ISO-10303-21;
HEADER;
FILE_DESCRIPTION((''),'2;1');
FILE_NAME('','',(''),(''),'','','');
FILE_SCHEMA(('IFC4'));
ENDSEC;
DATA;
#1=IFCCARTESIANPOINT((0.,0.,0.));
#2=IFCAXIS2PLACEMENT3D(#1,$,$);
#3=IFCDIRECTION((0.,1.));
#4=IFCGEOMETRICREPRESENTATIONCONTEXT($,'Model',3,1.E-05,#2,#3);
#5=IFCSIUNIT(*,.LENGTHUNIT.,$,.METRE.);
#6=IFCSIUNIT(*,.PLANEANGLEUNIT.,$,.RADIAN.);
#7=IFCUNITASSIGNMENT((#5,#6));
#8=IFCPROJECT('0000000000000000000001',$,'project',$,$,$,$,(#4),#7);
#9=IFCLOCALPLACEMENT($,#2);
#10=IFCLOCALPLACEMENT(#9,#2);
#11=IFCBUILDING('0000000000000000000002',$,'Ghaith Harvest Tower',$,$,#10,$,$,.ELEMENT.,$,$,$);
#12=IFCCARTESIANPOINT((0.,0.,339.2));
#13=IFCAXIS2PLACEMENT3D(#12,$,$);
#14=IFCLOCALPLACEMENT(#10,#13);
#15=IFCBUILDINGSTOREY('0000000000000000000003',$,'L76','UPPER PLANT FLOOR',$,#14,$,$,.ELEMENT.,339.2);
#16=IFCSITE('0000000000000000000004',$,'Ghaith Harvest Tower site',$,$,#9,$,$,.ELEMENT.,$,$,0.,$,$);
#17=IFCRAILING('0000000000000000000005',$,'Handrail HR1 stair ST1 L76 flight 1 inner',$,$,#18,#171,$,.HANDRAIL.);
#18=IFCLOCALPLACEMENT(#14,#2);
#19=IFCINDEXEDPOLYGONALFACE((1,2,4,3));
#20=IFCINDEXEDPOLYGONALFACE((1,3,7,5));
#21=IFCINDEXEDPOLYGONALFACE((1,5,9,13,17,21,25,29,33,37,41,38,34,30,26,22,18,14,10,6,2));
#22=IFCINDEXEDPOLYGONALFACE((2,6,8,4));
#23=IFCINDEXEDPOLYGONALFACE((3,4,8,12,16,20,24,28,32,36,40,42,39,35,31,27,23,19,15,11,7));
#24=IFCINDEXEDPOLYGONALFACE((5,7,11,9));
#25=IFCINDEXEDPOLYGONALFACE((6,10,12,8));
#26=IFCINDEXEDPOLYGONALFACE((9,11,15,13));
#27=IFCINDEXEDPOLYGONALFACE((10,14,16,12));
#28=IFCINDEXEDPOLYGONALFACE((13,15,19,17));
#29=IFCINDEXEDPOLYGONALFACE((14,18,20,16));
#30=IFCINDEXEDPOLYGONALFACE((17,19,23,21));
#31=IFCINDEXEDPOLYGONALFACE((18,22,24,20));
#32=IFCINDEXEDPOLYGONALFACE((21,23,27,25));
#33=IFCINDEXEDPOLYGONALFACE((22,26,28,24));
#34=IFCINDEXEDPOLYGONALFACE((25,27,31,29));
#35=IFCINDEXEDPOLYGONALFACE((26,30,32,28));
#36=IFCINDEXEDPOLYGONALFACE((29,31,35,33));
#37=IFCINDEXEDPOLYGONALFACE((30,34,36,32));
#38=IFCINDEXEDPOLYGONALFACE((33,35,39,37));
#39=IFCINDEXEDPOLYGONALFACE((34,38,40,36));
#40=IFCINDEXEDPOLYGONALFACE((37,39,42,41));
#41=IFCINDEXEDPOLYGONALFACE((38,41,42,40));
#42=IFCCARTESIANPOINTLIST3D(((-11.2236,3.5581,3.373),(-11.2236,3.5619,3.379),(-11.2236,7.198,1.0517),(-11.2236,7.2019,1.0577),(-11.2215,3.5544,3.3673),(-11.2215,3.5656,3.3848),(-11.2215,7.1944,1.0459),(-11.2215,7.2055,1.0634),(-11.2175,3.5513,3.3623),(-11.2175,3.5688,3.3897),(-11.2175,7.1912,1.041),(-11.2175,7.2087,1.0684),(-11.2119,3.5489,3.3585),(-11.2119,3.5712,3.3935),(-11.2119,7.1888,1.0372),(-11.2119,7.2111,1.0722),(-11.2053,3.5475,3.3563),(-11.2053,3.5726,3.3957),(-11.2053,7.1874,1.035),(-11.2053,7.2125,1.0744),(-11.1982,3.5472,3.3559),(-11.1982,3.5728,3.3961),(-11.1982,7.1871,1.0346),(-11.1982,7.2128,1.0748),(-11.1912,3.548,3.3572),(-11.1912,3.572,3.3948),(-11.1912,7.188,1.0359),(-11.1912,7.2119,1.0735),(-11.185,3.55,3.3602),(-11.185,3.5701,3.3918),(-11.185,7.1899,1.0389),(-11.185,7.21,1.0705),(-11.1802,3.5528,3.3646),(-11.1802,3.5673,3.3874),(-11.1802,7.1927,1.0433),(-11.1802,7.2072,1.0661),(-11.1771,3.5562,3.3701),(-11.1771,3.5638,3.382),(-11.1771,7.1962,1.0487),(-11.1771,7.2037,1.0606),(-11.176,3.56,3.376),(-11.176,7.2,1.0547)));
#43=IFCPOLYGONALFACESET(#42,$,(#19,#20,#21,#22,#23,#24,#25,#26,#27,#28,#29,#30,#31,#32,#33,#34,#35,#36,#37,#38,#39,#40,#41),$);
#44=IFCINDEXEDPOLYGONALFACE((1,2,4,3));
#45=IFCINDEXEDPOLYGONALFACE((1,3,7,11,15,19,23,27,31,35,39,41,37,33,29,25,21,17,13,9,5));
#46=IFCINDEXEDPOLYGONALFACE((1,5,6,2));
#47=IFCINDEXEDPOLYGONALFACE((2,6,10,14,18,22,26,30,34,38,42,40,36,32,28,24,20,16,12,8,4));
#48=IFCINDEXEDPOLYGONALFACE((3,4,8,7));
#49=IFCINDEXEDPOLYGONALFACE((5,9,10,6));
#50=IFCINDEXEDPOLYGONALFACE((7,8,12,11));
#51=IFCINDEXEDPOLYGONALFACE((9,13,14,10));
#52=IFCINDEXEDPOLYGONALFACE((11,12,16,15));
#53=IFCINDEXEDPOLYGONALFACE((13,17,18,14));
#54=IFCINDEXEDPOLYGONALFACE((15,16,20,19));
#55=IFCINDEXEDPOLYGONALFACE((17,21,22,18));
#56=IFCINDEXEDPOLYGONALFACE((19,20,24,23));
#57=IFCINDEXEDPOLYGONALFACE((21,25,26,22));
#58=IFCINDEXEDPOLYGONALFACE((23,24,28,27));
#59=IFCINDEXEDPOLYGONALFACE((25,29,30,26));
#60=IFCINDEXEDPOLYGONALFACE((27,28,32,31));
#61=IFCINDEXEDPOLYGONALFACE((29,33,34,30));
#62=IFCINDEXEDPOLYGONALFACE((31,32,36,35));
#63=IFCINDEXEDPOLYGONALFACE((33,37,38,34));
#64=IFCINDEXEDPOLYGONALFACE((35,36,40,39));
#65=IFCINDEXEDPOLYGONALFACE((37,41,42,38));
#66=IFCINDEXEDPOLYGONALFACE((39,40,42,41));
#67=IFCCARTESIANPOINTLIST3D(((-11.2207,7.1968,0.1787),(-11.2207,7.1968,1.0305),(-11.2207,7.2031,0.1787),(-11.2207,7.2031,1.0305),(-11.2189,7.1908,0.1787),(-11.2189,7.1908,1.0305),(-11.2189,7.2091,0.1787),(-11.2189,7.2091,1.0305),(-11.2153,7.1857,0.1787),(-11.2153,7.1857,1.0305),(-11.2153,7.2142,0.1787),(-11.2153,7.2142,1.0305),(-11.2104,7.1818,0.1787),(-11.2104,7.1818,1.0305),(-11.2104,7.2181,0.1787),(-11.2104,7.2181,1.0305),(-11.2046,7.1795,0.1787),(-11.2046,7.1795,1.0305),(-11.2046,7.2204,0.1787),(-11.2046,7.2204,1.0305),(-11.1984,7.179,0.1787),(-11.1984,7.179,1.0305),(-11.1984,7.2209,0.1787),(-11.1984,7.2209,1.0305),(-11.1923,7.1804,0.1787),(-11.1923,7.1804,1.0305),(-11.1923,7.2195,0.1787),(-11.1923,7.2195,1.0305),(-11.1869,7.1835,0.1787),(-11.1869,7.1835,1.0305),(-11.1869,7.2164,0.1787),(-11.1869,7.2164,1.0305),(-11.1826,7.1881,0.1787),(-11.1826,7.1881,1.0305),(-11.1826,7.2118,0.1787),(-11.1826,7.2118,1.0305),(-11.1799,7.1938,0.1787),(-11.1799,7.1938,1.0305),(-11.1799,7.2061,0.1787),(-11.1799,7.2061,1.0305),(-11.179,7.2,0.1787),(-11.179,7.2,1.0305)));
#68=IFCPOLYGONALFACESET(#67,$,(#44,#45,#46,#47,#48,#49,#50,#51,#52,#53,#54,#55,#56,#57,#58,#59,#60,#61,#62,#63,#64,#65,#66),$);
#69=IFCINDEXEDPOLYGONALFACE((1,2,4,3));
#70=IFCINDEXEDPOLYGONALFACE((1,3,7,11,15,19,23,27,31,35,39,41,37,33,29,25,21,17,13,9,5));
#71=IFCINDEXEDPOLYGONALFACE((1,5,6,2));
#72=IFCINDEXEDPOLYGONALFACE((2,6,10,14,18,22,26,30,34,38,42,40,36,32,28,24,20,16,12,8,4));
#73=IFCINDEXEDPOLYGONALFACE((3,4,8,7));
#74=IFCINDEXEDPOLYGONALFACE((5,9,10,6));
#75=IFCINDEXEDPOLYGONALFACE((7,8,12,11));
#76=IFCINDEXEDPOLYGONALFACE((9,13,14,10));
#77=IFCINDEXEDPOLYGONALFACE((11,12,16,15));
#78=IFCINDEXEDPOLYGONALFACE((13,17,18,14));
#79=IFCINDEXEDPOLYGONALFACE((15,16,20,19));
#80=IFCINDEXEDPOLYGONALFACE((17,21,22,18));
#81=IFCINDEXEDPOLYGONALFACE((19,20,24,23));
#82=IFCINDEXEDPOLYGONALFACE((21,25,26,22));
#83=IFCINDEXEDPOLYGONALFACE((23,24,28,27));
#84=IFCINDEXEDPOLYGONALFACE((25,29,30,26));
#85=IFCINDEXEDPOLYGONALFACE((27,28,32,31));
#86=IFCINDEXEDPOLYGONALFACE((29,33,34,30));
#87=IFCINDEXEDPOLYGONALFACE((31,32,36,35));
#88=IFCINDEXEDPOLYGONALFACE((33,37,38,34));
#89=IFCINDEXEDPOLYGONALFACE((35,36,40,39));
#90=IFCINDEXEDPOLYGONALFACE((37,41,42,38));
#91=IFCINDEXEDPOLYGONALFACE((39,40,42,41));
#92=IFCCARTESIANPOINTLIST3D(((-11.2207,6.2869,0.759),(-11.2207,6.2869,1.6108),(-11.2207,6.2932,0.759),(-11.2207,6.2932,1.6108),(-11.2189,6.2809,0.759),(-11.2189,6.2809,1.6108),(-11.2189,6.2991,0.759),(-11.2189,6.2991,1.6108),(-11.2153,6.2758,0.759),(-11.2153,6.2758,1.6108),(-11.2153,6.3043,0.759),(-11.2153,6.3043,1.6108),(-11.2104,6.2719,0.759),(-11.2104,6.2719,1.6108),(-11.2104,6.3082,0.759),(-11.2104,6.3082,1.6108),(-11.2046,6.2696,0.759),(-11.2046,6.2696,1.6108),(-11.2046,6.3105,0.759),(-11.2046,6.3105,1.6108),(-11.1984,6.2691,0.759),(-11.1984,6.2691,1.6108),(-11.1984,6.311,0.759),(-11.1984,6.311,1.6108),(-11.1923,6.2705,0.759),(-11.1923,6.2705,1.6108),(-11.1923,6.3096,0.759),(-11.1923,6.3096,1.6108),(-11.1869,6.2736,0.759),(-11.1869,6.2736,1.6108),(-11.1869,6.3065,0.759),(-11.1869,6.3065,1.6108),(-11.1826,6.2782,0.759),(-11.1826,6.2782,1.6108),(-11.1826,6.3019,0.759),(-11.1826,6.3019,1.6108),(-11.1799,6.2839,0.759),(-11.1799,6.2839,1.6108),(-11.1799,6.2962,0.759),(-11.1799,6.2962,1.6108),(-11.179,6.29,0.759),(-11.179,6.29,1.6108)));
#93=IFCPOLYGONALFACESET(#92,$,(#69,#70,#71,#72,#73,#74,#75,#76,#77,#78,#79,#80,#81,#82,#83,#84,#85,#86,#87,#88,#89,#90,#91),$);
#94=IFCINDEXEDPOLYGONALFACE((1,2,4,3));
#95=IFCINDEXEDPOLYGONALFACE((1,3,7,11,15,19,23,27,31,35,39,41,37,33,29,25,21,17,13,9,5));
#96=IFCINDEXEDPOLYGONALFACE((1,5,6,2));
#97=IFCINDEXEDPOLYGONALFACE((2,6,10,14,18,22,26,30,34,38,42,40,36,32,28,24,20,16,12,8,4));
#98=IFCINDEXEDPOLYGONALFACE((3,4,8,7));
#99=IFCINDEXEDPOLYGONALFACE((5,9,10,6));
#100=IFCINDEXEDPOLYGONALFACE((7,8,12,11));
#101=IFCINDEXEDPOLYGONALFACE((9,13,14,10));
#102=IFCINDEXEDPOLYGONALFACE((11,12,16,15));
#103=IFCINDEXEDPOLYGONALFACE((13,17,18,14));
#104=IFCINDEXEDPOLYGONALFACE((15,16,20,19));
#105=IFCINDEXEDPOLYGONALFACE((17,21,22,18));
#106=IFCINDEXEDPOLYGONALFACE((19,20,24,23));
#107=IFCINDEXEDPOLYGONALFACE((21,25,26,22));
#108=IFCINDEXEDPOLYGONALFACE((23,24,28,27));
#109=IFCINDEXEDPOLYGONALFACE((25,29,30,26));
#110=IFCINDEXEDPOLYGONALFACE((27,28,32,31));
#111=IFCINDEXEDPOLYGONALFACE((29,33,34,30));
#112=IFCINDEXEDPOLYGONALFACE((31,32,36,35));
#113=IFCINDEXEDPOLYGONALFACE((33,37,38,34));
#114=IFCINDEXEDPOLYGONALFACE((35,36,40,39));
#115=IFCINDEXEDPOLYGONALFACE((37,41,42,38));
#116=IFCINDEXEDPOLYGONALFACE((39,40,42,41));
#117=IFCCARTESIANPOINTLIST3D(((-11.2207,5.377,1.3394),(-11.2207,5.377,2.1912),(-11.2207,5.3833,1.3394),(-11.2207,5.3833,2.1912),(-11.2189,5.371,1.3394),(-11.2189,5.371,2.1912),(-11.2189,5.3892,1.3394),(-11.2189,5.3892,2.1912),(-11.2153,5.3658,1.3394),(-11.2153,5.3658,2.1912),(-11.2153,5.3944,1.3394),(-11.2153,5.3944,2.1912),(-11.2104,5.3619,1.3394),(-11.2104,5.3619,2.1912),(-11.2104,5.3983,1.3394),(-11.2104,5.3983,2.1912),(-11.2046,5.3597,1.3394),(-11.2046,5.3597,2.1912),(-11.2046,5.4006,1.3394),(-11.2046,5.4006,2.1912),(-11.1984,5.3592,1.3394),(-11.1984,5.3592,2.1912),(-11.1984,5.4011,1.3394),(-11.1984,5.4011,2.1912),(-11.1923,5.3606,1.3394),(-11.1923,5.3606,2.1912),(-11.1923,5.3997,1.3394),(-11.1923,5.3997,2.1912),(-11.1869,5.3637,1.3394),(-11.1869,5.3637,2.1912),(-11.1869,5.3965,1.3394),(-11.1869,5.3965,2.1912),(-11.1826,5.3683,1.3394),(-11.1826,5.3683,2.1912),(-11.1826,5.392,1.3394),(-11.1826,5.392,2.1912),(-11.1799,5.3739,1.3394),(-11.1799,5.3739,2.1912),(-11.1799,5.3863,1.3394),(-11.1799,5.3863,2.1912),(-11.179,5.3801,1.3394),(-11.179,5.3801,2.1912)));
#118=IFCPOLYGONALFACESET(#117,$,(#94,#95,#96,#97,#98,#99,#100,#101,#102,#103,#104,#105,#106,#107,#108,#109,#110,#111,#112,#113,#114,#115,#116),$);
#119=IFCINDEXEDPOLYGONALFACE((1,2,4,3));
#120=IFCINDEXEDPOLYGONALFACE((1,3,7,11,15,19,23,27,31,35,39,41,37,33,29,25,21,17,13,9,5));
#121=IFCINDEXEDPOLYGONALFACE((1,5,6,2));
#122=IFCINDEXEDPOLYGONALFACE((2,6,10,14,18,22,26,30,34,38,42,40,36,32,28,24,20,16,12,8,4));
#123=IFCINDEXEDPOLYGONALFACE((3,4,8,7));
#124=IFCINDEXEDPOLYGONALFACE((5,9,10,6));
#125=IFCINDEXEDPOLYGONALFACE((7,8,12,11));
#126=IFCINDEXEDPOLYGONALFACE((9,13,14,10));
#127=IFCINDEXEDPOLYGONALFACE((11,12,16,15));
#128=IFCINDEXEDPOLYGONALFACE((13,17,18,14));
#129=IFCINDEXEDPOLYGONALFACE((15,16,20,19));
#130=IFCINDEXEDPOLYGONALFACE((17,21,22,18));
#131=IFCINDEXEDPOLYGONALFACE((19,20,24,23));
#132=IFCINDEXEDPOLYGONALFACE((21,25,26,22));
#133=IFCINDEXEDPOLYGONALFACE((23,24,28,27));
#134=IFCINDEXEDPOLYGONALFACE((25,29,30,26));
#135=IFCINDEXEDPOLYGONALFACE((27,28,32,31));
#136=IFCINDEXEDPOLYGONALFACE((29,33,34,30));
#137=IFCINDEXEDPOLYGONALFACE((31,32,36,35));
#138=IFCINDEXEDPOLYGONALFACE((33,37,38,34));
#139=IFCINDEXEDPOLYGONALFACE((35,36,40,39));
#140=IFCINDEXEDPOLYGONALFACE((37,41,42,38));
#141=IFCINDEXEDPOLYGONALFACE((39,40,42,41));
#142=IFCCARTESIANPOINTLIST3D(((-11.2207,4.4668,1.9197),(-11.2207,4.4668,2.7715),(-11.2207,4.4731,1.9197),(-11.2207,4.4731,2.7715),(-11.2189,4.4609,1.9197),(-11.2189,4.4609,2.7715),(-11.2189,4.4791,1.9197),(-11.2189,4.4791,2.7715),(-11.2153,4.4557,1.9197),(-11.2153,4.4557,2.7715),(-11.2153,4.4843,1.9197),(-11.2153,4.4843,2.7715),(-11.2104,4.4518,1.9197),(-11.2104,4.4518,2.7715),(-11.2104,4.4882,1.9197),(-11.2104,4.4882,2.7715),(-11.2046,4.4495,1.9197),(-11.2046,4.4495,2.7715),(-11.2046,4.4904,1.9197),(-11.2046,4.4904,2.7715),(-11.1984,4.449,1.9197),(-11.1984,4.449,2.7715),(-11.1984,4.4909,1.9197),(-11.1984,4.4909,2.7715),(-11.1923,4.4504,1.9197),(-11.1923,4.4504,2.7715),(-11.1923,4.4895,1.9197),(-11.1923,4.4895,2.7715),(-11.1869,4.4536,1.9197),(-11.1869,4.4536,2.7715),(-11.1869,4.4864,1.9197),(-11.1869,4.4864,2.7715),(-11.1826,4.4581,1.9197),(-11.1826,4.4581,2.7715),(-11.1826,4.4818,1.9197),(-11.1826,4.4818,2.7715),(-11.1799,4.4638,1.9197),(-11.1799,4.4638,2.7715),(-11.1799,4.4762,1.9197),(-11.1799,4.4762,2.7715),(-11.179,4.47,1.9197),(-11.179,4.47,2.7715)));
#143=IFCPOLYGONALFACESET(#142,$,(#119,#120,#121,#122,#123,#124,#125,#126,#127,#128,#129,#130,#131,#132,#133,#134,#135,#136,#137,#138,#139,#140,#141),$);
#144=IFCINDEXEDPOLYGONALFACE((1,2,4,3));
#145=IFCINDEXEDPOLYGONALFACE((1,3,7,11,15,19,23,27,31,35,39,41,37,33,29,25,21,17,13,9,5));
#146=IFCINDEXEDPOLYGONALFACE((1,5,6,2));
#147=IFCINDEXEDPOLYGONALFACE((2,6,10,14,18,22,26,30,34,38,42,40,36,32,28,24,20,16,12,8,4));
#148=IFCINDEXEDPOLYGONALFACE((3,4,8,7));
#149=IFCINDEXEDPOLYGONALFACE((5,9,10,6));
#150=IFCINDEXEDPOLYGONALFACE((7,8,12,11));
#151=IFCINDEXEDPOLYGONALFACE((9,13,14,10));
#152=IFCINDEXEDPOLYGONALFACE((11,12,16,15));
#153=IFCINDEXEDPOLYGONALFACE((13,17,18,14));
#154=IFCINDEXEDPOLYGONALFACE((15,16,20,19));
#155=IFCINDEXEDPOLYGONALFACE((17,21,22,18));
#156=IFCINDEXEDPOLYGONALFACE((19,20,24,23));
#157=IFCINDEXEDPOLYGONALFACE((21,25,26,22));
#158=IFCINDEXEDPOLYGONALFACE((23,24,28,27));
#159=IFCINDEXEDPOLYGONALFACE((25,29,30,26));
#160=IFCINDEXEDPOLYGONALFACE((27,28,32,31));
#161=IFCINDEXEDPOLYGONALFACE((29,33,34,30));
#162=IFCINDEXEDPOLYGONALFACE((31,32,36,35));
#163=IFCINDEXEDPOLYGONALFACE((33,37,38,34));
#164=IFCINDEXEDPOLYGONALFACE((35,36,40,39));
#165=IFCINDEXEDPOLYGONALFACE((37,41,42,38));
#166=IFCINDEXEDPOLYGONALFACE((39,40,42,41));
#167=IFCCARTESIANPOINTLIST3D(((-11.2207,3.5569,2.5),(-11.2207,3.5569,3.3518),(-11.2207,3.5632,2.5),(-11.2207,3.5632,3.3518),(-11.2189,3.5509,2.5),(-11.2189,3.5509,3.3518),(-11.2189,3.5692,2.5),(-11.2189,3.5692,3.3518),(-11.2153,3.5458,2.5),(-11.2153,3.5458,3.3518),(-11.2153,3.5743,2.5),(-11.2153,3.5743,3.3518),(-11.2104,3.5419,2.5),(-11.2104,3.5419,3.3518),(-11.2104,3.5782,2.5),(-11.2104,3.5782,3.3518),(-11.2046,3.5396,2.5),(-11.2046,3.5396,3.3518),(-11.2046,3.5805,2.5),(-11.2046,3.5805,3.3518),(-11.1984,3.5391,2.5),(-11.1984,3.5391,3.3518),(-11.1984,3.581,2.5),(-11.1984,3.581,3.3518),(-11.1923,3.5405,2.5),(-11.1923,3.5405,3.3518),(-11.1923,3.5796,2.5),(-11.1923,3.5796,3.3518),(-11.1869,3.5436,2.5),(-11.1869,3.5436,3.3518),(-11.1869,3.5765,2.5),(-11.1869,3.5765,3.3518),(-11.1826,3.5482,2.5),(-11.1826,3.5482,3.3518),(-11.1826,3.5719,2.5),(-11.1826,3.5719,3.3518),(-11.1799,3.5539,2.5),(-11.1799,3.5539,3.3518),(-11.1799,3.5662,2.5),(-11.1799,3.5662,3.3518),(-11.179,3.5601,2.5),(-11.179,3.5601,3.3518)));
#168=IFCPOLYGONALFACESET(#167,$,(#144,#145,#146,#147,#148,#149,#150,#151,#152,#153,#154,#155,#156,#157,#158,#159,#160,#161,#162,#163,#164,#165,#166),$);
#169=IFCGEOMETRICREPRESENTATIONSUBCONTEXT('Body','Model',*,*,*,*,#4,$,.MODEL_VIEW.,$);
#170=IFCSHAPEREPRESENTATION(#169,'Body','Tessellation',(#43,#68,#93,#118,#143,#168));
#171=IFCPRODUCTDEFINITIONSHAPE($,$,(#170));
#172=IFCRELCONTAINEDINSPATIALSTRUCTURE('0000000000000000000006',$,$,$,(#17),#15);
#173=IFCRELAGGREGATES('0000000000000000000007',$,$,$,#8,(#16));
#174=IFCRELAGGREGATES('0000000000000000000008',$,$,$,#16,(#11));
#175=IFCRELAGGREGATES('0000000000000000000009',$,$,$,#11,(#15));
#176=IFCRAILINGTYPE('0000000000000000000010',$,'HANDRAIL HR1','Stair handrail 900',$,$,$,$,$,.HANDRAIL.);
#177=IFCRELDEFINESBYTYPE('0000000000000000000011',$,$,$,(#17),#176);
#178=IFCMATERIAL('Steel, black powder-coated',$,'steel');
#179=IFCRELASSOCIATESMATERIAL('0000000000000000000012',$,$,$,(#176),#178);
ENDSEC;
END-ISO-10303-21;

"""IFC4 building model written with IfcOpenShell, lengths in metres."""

from ifc_helpers import new_model, si_unit, direction, frame, origin, origin_2d, place, context, subcontext, project, spatial, circle, extrude, material, type_object, element, save


model = new_model("IFC4")

# Units and contexts
model_context = context("Model", 3, precision=1e-05, world=origin(), true_north=direction((0.0, 1.0)))
body_context = subcontext(model_context, "Body", "Model", "MODEL_VIEW")
ifc_project = project(units=[si_unit("LENGTHUNIT", "METRE"), si_unit("PLANEANGLEUNIT", "RADIAN")], contexts=[model_context])

# Site, building, storey
site_placement = place(None, origin())
site = spatial("IfcSite", under=ifc_project, at=site_placement, Name="Ghaith Harvest Tower site", CompositionType="ELEMENT", RefElevation=0.0)
building_placement = place(site_placement, origin())
building = spatial("IfcBuilding", under=site, at=building_placement, Name="Ghaith Harvest Tower", CompositionType="ELEMENT")
storey_placement = place(building_placement, frame((0.0, 0.0, 339.2)))
storey = spatial("IfcBuildingStorey", under=building, at=storey_placement, Name="L76", Description="UPPER PLANT FLOOR", CompositionType="ELEMENT", Elevation=339.2)

# Railing
ifc_material_1 = material(Name="Steel, black powder-coated", Category="steel")
railing_type = type_object("IfcRailingType", Name="HANDRAIL HR1", Description="Stair handrail 900", PredefinedType="HANDRAIL", material=ifc_material_1)
railing_1_placement = place(storey_placement, frame((-11.2, 7.2, 0.1787)))
element("IfcRailing", 1, at=railing_1_placement, inside=storey, type_object=railing_type, Name="Handrail HR1 stair ST1 L76 flight 1 inner", PredefinedType="HANDRAIL", context=body_context, shape_type="SweptSolid", body=[
    extrude(circle(Radius=0.0239, at=origin_2d()), frame((0.0, 0.0, 0.876), z_axis=(0.0, -0.843137, 0.537699), x_axis=(1.0, 0.0, 0.0)), (0.0, 0.0, 1.0), 4.3171),
    extrude(circle(Radius=0.021, at=origin_2d()), origin(), (0.0, 0.0, 1.0), 0.8518),
    extrude(circle(Radius=0.021, at=origin_2d()), frame((0.0, -0.9099, 0.5803)), (0.0, 0.0, 1.0), 0.8518),
    extrude(circle(Radius=0.021, at=origin_2d()), frame((0.0, -1.8198, 1.1606)), (0.0, 0.0, 1.0), 0.8518),
    extrude(circle(Radius=0.021, at=origin_2d()), frame((0.0, -2.73, 1.741)), (0.0, 0.0, 1.0), 0.8518),
    extrude(circle(Radius=0.021, at=origin_2d()), frame((0.0, -3.6399, 2.3213)), (0.0, 0.0, 1.0), 0.8518),
])

save(model, "model.ifc")
